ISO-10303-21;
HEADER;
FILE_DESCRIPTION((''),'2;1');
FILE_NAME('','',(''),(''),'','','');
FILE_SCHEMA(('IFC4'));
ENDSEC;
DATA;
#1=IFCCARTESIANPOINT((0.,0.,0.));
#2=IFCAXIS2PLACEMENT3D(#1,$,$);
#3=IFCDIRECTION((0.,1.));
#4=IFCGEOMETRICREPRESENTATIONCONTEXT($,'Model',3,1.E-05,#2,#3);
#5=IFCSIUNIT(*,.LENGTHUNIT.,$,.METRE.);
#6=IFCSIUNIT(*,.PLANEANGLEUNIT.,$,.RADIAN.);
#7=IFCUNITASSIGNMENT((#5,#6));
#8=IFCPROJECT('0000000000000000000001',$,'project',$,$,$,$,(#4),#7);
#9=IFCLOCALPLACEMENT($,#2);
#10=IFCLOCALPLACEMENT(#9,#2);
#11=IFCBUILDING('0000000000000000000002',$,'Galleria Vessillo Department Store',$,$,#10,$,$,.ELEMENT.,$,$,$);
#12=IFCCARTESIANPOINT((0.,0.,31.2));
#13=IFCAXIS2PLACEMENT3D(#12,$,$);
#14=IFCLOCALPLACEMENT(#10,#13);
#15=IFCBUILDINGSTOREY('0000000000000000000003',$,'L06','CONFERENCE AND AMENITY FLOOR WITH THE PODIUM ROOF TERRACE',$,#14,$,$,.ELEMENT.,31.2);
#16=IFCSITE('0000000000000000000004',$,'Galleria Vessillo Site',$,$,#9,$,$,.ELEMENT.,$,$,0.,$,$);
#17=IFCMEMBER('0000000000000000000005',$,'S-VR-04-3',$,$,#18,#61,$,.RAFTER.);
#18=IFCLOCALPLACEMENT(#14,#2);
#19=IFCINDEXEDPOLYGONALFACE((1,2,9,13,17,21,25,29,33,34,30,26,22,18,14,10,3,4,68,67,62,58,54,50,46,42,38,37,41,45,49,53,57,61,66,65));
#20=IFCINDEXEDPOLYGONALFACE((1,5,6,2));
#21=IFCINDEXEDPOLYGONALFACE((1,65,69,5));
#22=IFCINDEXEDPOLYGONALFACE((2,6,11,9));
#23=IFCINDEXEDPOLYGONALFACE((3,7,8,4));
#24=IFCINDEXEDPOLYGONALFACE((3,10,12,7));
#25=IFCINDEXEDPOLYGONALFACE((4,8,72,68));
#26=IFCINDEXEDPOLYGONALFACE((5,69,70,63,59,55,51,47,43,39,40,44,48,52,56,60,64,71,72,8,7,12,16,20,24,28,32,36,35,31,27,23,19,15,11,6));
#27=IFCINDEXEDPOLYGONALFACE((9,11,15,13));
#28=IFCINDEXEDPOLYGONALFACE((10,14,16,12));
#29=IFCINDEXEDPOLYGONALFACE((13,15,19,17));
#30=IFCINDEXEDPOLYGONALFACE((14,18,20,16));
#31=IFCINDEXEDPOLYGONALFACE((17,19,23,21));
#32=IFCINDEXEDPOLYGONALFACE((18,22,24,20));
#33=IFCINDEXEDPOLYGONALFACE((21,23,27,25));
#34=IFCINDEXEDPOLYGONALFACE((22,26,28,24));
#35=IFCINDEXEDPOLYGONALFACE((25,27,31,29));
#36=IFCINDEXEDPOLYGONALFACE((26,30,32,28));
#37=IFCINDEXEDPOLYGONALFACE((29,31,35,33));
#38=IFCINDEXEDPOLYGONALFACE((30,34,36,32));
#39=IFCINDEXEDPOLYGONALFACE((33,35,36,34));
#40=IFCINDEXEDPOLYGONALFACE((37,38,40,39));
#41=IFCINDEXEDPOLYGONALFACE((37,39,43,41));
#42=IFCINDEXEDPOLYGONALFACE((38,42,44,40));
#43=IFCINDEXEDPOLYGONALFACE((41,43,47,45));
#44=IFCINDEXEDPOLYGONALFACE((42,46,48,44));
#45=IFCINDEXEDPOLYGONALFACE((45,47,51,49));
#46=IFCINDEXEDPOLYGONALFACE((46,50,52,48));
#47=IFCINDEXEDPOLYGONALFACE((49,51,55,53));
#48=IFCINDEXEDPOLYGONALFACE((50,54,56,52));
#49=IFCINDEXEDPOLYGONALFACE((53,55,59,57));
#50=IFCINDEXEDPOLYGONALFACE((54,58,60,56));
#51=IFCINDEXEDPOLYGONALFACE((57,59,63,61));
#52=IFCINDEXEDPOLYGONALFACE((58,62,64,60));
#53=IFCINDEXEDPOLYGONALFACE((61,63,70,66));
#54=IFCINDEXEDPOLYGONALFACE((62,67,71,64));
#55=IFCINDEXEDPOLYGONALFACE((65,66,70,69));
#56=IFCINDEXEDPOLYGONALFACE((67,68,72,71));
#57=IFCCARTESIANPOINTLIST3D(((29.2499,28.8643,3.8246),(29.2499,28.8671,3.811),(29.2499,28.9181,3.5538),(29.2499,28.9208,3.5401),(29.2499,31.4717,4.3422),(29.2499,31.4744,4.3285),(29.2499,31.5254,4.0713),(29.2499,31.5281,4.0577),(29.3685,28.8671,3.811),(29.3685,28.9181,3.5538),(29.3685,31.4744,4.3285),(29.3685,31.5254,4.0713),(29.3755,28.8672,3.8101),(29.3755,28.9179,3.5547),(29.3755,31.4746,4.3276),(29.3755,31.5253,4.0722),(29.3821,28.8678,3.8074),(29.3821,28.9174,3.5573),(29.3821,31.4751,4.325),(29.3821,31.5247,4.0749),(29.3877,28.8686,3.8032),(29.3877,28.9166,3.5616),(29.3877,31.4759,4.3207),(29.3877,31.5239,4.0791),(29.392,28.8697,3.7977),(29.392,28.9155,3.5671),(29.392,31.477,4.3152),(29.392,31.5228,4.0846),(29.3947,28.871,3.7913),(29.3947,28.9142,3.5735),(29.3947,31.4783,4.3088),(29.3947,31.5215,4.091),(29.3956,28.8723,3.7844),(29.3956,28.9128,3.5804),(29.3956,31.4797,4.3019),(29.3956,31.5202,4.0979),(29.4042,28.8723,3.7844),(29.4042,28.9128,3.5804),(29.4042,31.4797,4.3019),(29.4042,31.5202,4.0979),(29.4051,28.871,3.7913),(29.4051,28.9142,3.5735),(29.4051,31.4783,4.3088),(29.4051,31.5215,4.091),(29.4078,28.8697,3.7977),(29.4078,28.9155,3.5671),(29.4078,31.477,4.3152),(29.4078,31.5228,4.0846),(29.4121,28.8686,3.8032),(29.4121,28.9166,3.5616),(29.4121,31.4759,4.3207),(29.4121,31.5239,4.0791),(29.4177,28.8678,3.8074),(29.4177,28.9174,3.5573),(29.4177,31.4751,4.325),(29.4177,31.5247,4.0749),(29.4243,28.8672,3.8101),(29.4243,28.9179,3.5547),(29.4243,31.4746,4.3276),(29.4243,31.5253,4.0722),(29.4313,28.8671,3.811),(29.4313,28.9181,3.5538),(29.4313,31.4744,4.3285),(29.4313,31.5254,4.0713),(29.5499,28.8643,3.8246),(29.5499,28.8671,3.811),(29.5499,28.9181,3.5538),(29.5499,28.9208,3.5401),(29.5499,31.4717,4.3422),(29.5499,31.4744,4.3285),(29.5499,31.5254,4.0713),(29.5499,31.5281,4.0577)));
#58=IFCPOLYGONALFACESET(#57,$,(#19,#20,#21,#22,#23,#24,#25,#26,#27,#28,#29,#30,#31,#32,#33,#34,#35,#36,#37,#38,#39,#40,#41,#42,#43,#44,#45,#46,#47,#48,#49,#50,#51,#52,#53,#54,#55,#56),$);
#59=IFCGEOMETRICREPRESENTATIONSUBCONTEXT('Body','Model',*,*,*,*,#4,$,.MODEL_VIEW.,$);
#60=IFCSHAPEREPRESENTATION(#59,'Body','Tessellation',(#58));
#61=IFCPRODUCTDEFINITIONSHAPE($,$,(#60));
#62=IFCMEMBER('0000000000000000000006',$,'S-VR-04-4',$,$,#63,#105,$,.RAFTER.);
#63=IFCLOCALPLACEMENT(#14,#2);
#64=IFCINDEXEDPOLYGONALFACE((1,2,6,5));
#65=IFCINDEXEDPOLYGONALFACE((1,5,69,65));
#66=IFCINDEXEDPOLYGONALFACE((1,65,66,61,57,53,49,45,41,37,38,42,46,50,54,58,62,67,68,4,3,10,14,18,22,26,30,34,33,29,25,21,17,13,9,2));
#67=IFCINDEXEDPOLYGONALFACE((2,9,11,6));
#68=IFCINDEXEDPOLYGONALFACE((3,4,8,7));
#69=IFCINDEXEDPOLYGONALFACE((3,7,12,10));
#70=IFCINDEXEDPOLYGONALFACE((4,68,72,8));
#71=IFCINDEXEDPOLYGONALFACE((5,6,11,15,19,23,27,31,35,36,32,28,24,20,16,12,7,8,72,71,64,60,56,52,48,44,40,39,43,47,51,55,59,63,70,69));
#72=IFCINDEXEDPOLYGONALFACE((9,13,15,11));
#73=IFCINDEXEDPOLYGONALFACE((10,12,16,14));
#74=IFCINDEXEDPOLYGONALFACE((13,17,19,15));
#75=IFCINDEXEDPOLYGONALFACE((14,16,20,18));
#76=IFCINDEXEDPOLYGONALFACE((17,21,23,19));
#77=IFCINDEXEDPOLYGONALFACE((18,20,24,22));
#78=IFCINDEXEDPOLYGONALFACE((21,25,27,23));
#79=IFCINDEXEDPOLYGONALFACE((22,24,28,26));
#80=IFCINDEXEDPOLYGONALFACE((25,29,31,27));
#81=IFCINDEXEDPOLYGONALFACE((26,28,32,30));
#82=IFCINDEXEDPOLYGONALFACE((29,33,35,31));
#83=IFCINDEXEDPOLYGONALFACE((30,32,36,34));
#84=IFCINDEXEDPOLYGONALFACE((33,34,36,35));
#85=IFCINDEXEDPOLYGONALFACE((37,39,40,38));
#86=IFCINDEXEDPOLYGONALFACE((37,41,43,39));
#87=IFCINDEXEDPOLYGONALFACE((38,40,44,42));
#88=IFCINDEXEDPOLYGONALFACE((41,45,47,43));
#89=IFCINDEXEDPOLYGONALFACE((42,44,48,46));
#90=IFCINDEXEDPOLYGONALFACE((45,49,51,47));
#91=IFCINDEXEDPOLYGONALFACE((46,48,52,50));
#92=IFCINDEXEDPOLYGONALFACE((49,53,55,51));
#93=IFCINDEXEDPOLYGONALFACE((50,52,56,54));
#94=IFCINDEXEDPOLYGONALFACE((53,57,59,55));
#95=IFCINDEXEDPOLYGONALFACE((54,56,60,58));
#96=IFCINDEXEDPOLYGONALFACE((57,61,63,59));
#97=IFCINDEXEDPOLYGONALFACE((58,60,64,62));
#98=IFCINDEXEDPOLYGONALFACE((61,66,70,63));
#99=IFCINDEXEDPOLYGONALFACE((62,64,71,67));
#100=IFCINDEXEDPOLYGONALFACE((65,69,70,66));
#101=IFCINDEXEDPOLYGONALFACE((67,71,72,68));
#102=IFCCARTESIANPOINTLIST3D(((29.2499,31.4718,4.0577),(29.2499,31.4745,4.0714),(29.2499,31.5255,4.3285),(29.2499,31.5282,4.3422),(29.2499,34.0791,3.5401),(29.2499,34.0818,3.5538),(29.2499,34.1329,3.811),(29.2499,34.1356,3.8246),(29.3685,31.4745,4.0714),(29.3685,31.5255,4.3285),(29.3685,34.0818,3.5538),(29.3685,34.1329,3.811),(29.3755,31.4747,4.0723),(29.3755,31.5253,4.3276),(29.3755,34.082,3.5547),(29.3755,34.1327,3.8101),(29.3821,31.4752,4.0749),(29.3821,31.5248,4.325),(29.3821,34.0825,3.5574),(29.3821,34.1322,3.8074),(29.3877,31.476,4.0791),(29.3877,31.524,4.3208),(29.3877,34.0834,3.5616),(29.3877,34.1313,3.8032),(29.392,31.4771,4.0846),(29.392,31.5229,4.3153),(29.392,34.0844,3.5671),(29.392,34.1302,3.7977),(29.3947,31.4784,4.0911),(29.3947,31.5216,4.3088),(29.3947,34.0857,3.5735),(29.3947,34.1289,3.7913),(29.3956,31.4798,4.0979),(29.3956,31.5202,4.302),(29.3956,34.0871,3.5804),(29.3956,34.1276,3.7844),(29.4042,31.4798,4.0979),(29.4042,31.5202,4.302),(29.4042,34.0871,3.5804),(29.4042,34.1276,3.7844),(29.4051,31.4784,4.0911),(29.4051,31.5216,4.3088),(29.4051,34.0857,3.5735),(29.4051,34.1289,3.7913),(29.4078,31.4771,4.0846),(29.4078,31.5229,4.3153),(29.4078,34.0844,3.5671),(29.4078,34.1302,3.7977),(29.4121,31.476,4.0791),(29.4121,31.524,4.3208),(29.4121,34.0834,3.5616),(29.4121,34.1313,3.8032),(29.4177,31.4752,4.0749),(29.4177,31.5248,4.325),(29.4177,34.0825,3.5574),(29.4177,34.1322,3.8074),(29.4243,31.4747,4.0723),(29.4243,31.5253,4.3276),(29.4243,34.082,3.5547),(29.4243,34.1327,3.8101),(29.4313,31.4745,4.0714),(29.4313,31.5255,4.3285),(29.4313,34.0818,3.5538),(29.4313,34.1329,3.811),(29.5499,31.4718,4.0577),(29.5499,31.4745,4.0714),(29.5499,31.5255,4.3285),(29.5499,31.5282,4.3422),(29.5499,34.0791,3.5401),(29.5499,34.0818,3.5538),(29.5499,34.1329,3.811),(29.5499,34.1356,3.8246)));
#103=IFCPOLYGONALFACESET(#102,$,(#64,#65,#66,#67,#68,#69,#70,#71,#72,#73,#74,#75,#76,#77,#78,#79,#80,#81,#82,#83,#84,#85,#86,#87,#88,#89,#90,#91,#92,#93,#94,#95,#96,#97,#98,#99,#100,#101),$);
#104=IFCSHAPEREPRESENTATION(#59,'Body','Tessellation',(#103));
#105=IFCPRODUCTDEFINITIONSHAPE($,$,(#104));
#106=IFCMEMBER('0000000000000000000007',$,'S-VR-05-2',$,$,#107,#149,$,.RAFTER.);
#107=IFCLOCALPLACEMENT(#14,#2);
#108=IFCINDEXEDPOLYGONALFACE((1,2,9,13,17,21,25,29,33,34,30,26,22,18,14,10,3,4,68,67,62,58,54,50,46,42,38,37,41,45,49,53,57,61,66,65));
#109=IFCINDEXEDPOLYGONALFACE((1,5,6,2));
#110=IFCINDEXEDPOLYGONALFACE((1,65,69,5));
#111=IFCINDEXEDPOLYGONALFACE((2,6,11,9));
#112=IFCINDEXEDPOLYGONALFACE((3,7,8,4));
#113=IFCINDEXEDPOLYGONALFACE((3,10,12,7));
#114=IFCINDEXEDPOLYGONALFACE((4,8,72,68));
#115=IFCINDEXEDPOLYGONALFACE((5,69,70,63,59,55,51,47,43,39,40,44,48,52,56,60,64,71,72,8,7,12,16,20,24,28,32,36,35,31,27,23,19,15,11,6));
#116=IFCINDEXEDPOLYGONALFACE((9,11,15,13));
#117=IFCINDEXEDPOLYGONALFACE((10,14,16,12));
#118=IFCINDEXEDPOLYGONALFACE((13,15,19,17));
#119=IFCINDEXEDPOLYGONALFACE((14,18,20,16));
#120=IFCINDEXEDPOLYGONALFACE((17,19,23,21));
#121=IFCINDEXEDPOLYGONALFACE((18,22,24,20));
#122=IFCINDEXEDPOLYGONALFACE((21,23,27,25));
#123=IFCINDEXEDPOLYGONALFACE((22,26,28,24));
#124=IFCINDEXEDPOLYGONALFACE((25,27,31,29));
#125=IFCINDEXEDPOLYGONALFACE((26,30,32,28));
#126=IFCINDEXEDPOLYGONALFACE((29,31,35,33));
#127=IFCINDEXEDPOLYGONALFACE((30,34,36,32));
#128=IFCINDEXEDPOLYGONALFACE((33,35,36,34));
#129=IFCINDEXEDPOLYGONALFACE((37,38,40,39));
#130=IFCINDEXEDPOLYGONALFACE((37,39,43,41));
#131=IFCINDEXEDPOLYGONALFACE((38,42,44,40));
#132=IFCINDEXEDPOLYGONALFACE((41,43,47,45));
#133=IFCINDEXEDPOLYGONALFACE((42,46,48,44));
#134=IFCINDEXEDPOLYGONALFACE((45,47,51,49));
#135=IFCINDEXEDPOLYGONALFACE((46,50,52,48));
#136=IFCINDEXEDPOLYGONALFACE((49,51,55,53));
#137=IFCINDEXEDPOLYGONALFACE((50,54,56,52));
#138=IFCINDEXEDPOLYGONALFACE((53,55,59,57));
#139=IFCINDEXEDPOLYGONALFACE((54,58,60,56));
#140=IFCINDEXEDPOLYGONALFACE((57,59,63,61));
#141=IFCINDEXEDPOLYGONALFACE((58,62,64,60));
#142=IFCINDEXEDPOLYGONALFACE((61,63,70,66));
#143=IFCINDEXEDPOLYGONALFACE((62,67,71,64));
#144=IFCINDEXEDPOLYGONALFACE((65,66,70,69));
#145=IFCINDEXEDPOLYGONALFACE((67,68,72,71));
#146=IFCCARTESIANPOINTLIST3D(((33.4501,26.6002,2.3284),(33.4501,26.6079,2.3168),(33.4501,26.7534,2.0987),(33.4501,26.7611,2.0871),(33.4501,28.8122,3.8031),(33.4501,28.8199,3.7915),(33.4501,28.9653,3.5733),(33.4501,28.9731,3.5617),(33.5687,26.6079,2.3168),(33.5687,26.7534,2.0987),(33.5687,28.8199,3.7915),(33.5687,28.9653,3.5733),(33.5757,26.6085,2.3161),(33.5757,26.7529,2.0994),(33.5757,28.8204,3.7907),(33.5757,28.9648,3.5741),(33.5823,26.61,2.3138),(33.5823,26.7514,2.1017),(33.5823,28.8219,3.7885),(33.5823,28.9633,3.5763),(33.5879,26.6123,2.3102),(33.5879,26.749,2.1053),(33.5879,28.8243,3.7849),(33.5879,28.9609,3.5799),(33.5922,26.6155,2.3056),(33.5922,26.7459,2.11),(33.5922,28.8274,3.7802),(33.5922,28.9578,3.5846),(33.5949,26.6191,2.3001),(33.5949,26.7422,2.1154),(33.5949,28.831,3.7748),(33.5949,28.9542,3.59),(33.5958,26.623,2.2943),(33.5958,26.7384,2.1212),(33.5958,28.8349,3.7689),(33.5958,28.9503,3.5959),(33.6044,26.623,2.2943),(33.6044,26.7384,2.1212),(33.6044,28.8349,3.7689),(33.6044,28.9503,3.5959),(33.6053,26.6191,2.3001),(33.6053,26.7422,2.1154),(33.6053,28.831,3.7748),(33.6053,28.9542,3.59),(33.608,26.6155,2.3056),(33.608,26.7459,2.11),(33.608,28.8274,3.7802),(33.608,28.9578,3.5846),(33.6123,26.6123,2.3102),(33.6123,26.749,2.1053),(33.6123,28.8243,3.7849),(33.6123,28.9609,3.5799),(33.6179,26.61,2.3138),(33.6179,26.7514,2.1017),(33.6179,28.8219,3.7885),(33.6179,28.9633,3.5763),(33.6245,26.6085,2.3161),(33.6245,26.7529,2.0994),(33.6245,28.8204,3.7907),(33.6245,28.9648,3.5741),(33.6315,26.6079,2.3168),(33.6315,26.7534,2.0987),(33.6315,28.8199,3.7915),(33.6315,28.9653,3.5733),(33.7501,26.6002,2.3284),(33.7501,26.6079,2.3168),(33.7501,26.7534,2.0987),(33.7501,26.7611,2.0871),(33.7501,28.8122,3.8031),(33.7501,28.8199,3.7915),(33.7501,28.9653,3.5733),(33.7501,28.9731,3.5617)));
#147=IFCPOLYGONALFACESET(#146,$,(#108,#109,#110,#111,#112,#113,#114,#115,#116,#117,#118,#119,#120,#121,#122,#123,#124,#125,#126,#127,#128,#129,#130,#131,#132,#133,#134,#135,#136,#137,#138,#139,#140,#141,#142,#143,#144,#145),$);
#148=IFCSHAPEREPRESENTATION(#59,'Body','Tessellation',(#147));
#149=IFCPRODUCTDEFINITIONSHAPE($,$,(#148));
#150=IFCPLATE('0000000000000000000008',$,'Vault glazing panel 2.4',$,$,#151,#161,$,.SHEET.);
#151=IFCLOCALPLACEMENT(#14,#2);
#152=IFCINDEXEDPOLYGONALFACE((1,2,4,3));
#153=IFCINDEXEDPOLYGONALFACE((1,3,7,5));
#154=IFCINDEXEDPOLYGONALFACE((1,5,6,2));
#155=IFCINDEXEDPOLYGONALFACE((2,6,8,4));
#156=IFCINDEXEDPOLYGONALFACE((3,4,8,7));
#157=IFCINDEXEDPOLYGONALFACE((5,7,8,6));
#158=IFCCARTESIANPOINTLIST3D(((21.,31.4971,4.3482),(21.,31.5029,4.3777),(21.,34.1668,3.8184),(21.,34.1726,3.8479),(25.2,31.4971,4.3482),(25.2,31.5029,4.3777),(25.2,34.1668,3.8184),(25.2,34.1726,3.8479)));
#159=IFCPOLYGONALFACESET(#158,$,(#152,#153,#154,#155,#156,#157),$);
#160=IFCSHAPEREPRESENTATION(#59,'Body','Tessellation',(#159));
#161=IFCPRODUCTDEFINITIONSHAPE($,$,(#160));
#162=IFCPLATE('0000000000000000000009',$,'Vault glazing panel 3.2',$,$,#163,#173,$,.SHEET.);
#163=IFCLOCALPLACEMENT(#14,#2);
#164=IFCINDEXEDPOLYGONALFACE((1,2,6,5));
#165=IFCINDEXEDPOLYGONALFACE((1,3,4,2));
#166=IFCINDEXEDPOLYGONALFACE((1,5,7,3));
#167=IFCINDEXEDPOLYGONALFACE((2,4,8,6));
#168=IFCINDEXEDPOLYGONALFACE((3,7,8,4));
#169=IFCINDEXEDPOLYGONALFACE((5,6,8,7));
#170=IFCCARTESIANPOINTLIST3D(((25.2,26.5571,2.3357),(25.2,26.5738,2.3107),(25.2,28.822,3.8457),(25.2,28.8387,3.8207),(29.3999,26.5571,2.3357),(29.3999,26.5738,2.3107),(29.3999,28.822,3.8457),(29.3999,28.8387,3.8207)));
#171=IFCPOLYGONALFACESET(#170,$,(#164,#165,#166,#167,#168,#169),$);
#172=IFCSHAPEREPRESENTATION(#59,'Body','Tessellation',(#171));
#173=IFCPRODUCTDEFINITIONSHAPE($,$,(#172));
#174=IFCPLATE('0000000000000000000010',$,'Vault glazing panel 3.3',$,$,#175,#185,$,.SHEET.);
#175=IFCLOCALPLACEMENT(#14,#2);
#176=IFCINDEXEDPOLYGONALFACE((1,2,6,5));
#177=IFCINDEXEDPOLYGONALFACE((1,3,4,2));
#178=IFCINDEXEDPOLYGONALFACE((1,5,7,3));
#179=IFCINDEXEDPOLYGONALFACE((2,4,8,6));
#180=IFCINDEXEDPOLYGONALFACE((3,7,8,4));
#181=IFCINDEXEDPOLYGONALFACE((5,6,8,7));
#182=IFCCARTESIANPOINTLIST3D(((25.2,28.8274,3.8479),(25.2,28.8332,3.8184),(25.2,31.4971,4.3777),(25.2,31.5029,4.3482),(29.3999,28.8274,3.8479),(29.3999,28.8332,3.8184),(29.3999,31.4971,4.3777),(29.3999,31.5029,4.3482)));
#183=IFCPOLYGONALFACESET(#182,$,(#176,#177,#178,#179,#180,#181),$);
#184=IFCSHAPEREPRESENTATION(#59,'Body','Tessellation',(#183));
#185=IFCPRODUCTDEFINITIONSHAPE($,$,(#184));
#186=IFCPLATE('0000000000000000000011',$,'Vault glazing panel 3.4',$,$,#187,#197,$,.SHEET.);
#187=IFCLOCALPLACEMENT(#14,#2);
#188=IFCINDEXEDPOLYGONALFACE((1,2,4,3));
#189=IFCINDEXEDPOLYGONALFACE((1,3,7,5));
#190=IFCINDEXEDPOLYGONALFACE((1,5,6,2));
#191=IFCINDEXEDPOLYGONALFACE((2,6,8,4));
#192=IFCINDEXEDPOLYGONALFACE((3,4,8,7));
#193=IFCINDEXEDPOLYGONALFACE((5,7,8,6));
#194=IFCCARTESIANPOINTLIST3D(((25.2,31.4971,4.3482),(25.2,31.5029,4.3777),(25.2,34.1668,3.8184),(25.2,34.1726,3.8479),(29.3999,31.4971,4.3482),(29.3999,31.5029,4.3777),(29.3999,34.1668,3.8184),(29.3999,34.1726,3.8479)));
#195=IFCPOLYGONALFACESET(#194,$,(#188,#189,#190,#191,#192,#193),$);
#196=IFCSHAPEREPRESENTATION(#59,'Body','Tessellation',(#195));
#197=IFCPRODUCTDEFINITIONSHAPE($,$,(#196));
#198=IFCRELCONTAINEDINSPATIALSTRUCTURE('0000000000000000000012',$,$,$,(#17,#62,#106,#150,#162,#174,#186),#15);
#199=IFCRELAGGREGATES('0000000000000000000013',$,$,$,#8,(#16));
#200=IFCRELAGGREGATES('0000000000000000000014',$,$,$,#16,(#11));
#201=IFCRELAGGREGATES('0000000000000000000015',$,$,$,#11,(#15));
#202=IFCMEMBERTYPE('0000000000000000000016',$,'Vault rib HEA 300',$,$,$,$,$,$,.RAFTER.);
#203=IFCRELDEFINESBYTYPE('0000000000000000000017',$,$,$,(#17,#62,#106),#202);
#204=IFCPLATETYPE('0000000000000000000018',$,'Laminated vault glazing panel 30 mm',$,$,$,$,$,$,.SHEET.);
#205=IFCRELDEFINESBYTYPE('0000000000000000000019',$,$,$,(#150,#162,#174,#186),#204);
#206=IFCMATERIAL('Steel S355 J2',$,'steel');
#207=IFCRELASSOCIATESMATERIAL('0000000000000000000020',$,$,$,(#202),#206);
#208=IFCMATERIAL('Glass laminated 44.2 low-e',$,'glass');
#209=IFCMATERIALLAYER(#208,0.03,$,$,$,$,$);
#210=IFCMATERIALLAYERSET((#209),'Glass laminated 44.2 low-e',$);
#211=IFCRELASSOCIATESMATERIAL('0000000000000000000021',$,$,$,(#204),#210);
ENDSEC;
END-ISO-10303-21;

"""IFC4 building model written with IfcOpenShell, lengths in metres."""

from ifc_helpers import new_model, si_unit, direction, frame, origin, origin_2d, place, context, subcontext, project, spatial, polyline, i_section, outline, extrude, material, layer, layer_set, material_profile, profile_set, type_object, element, save


model = new_model("IFC4")

# Units and contexts
model_context = context("Model", 3, precision=1e-05, world=origin(), true_north=direction((0.0, 1.0)))
body_context = subcontext(model_context, "Body", "Model", "MODEL_VIEW")
ifc_project = project(units=[si_unit("LENGTHUNIT", "METRE"), si_unit("PLANEANGLEUNIT", "RADIAN")], contexts=[model_context])

# Site, building, storey
site_placement = place(None, origin())
site = spatial("IfcSite", under=ifc_project, at=site_placement, Name="Galleria Vessillo Site", CompositionType="ELEMENT", RefElevation=0.0)
building_placement = place(site_placement, origin())
building = spatial("IfcBuilding", under=site, at=building_placement, Name="Galleria Vessillo Department Store", CompositionType="ELEMENT")
storey_placement = place(building_placement, frame((0.0, 0.0, 31.2)))
storey = spatial("IfcBuildingStorey", under=building, at=storey_placement, Name="L06", Description="CONFERENCE AND AMENITY FLOOR WITH THE PODIUM ROOF TERRACE", CompositionType="ELEMENT", Elevation=31.2)

# Members
ifc_material_1 = material(Name="Steel S355 J2", Category="steel")
ifc_material_profile_1 = material_profile(ifc_material_1, i_section(OverallWidth=0.3, OverallDepth=0.29, WebThickness=0.0085, FlangeThickness=0.0139, FilletRadius=0.0271, at=origin_2d()), Name="HEA 300")
ifc_profile_set_1 = profile_set([ifc_material_profile_1], Name="Steel S355 J2")
member_type_1 = type_object("IfcMemberType", Name="Vault rib HEA 300", PredefinedType="RAFTER", material=ifc_profile_set_1)
for number, where, z_axis, x_axis, name in (
    (1, (29.3999, 28.8926, 3.6824), (0.0, 0.980862, 0.194703), (-1.0, 0.0, 0.0), "S-VR-04-3"),
    (2, (29.3999, 31.5, 4.2), (0.0, 0.980862, -0.194703), (-1.0, 0.0, 0.0), "S-VR-04-4"),
):
    element("IfcMember", number, at=place(storey_placement, frame(where, z_axis=z_axis, x_axis=x_axis)), inside=storey, type_object=member_type_1, Name=name, PredefinedType="RAFTER", context=body_context, shape_type="SweptSolid", body=[
        extrude(i_section(OverallWidth=0.3, OverallDepth=0.29, WebThickness=0.0085, FlangeThickness=0.0139, FilletRadius=0.0271, at=origin_2d()), origin(), (0.0, 0.0, 1.0), 2.6582),
    ])
member_1_placement = place(storey_placement, frame((33.6001, 26.6807, 2.2078), z_axis=(0.0, 0.83205, 0.5547), x_axis=(-1.0, 0.0, 0.0)))
element("IfcMember", 3, at=member_1_placement, inside=storey, type_object=member_type_1, Name="S-VR-05-2", PredefinedType="RAFTER", context=body_context, shape_type="SweptSolid", body=[
    extrude(i_section(OverallWidth=0.3, OverallDepth=0.29, WebThickness=0.0085, FlangeThickness=0.0139, FilletRadius=0.0271, at=origin_2d()), origin(), (0.0, 0.0, 1.0), 2.6584),
])

# Plates
ifc_material_2 = material(Name="Glass laminated 44.2 low-e", Category="glass")
ifc_layer = layer(ifc_material_2, 0.03)
ifc_layer_set = layer_set([ifc_layer], Name="Glass laminated 44.2 low-e")
plate_type = type_object("IfcPlateType", Name="Laminated vault glazing panel 30 mm", PredefinedType="SHEET", material=ifc_layer_set)
plate_1_placement = place(storey_placement, frame((21.0, 31.5029, 4.3777), z_axis=(0.0, 0.19465, 0.980873), x_axis=(1.0, 0.0, 0.0)))
element("IfcPlate", 4, at=plate_1_placement, inside=storey, type_object=plate_type, Name="Vault glazing panel 2.4", PredefinedType="SHEET", context=body_context, shape_type="SweptSolid", body=[
    extrude(outline(polyline([(0.0, 0.0), (4.2, 0.0), (4.2, 2.7217), (0.0, 2.7217), (0.0, 0.0)])), origin(), (0.0, 0.0, -1.0), 0.03),
])
plate_2_placement = place(storey_placement, frame((25.2, 26.5571, 2.3357), z_axis=(0.0, -0.554721, 0.832036), x_axis=(1.0, 0.0, 0.0)))
element("IfcPlate", 5, at=plate_2_placement, inside=storey, type_object=plate_type, Name="Vault glazing panel 3.2", PredefinedType="SHEET", context=body_context, shape_type="SweptSolid", body=[
    extrude(outline(polyline([(0.0, 0.0), (4.2, 0.0), (4.2, 2.7221), (0.0, 2.7221), (0.0, 0.0)])), origin(), (0.0, 0.0, -1.0), 0.03),
])
for number, where, z_axis, x_axis, name in (
    (6, (25.2, 28.8274, 3.8479), (0.0, -0.19465, 0.980873), (1.0, 0.0, 0.0), "Vault glazing panel 3.3"),
    (7, (25.2, 31.5029, 4.3777), (0.0, 0.19465, 0.980873), (1.0, 0.0, 0.0), "Vault glazing panel 3.4"),
):
    element("IfcPlate", number, at=place(storey_placement, frame(where, z_axis=z_axis, x_axis=x_axis)), inside=storey, type_object=plate_type, Name=name, PredefinedType="SHEET", context=body_context, shape_type="SweptSolid", body=[
        extrude(outline(polyline([(0.0, 0.0), (4.2, 0.0), (4.2, 2.7217), (0.0, 2.7217), (0.0, 0.0)])), origin(), (0.0, 0.0, -1.0), 0.03),
    ])

save(model, "model.ifc")
